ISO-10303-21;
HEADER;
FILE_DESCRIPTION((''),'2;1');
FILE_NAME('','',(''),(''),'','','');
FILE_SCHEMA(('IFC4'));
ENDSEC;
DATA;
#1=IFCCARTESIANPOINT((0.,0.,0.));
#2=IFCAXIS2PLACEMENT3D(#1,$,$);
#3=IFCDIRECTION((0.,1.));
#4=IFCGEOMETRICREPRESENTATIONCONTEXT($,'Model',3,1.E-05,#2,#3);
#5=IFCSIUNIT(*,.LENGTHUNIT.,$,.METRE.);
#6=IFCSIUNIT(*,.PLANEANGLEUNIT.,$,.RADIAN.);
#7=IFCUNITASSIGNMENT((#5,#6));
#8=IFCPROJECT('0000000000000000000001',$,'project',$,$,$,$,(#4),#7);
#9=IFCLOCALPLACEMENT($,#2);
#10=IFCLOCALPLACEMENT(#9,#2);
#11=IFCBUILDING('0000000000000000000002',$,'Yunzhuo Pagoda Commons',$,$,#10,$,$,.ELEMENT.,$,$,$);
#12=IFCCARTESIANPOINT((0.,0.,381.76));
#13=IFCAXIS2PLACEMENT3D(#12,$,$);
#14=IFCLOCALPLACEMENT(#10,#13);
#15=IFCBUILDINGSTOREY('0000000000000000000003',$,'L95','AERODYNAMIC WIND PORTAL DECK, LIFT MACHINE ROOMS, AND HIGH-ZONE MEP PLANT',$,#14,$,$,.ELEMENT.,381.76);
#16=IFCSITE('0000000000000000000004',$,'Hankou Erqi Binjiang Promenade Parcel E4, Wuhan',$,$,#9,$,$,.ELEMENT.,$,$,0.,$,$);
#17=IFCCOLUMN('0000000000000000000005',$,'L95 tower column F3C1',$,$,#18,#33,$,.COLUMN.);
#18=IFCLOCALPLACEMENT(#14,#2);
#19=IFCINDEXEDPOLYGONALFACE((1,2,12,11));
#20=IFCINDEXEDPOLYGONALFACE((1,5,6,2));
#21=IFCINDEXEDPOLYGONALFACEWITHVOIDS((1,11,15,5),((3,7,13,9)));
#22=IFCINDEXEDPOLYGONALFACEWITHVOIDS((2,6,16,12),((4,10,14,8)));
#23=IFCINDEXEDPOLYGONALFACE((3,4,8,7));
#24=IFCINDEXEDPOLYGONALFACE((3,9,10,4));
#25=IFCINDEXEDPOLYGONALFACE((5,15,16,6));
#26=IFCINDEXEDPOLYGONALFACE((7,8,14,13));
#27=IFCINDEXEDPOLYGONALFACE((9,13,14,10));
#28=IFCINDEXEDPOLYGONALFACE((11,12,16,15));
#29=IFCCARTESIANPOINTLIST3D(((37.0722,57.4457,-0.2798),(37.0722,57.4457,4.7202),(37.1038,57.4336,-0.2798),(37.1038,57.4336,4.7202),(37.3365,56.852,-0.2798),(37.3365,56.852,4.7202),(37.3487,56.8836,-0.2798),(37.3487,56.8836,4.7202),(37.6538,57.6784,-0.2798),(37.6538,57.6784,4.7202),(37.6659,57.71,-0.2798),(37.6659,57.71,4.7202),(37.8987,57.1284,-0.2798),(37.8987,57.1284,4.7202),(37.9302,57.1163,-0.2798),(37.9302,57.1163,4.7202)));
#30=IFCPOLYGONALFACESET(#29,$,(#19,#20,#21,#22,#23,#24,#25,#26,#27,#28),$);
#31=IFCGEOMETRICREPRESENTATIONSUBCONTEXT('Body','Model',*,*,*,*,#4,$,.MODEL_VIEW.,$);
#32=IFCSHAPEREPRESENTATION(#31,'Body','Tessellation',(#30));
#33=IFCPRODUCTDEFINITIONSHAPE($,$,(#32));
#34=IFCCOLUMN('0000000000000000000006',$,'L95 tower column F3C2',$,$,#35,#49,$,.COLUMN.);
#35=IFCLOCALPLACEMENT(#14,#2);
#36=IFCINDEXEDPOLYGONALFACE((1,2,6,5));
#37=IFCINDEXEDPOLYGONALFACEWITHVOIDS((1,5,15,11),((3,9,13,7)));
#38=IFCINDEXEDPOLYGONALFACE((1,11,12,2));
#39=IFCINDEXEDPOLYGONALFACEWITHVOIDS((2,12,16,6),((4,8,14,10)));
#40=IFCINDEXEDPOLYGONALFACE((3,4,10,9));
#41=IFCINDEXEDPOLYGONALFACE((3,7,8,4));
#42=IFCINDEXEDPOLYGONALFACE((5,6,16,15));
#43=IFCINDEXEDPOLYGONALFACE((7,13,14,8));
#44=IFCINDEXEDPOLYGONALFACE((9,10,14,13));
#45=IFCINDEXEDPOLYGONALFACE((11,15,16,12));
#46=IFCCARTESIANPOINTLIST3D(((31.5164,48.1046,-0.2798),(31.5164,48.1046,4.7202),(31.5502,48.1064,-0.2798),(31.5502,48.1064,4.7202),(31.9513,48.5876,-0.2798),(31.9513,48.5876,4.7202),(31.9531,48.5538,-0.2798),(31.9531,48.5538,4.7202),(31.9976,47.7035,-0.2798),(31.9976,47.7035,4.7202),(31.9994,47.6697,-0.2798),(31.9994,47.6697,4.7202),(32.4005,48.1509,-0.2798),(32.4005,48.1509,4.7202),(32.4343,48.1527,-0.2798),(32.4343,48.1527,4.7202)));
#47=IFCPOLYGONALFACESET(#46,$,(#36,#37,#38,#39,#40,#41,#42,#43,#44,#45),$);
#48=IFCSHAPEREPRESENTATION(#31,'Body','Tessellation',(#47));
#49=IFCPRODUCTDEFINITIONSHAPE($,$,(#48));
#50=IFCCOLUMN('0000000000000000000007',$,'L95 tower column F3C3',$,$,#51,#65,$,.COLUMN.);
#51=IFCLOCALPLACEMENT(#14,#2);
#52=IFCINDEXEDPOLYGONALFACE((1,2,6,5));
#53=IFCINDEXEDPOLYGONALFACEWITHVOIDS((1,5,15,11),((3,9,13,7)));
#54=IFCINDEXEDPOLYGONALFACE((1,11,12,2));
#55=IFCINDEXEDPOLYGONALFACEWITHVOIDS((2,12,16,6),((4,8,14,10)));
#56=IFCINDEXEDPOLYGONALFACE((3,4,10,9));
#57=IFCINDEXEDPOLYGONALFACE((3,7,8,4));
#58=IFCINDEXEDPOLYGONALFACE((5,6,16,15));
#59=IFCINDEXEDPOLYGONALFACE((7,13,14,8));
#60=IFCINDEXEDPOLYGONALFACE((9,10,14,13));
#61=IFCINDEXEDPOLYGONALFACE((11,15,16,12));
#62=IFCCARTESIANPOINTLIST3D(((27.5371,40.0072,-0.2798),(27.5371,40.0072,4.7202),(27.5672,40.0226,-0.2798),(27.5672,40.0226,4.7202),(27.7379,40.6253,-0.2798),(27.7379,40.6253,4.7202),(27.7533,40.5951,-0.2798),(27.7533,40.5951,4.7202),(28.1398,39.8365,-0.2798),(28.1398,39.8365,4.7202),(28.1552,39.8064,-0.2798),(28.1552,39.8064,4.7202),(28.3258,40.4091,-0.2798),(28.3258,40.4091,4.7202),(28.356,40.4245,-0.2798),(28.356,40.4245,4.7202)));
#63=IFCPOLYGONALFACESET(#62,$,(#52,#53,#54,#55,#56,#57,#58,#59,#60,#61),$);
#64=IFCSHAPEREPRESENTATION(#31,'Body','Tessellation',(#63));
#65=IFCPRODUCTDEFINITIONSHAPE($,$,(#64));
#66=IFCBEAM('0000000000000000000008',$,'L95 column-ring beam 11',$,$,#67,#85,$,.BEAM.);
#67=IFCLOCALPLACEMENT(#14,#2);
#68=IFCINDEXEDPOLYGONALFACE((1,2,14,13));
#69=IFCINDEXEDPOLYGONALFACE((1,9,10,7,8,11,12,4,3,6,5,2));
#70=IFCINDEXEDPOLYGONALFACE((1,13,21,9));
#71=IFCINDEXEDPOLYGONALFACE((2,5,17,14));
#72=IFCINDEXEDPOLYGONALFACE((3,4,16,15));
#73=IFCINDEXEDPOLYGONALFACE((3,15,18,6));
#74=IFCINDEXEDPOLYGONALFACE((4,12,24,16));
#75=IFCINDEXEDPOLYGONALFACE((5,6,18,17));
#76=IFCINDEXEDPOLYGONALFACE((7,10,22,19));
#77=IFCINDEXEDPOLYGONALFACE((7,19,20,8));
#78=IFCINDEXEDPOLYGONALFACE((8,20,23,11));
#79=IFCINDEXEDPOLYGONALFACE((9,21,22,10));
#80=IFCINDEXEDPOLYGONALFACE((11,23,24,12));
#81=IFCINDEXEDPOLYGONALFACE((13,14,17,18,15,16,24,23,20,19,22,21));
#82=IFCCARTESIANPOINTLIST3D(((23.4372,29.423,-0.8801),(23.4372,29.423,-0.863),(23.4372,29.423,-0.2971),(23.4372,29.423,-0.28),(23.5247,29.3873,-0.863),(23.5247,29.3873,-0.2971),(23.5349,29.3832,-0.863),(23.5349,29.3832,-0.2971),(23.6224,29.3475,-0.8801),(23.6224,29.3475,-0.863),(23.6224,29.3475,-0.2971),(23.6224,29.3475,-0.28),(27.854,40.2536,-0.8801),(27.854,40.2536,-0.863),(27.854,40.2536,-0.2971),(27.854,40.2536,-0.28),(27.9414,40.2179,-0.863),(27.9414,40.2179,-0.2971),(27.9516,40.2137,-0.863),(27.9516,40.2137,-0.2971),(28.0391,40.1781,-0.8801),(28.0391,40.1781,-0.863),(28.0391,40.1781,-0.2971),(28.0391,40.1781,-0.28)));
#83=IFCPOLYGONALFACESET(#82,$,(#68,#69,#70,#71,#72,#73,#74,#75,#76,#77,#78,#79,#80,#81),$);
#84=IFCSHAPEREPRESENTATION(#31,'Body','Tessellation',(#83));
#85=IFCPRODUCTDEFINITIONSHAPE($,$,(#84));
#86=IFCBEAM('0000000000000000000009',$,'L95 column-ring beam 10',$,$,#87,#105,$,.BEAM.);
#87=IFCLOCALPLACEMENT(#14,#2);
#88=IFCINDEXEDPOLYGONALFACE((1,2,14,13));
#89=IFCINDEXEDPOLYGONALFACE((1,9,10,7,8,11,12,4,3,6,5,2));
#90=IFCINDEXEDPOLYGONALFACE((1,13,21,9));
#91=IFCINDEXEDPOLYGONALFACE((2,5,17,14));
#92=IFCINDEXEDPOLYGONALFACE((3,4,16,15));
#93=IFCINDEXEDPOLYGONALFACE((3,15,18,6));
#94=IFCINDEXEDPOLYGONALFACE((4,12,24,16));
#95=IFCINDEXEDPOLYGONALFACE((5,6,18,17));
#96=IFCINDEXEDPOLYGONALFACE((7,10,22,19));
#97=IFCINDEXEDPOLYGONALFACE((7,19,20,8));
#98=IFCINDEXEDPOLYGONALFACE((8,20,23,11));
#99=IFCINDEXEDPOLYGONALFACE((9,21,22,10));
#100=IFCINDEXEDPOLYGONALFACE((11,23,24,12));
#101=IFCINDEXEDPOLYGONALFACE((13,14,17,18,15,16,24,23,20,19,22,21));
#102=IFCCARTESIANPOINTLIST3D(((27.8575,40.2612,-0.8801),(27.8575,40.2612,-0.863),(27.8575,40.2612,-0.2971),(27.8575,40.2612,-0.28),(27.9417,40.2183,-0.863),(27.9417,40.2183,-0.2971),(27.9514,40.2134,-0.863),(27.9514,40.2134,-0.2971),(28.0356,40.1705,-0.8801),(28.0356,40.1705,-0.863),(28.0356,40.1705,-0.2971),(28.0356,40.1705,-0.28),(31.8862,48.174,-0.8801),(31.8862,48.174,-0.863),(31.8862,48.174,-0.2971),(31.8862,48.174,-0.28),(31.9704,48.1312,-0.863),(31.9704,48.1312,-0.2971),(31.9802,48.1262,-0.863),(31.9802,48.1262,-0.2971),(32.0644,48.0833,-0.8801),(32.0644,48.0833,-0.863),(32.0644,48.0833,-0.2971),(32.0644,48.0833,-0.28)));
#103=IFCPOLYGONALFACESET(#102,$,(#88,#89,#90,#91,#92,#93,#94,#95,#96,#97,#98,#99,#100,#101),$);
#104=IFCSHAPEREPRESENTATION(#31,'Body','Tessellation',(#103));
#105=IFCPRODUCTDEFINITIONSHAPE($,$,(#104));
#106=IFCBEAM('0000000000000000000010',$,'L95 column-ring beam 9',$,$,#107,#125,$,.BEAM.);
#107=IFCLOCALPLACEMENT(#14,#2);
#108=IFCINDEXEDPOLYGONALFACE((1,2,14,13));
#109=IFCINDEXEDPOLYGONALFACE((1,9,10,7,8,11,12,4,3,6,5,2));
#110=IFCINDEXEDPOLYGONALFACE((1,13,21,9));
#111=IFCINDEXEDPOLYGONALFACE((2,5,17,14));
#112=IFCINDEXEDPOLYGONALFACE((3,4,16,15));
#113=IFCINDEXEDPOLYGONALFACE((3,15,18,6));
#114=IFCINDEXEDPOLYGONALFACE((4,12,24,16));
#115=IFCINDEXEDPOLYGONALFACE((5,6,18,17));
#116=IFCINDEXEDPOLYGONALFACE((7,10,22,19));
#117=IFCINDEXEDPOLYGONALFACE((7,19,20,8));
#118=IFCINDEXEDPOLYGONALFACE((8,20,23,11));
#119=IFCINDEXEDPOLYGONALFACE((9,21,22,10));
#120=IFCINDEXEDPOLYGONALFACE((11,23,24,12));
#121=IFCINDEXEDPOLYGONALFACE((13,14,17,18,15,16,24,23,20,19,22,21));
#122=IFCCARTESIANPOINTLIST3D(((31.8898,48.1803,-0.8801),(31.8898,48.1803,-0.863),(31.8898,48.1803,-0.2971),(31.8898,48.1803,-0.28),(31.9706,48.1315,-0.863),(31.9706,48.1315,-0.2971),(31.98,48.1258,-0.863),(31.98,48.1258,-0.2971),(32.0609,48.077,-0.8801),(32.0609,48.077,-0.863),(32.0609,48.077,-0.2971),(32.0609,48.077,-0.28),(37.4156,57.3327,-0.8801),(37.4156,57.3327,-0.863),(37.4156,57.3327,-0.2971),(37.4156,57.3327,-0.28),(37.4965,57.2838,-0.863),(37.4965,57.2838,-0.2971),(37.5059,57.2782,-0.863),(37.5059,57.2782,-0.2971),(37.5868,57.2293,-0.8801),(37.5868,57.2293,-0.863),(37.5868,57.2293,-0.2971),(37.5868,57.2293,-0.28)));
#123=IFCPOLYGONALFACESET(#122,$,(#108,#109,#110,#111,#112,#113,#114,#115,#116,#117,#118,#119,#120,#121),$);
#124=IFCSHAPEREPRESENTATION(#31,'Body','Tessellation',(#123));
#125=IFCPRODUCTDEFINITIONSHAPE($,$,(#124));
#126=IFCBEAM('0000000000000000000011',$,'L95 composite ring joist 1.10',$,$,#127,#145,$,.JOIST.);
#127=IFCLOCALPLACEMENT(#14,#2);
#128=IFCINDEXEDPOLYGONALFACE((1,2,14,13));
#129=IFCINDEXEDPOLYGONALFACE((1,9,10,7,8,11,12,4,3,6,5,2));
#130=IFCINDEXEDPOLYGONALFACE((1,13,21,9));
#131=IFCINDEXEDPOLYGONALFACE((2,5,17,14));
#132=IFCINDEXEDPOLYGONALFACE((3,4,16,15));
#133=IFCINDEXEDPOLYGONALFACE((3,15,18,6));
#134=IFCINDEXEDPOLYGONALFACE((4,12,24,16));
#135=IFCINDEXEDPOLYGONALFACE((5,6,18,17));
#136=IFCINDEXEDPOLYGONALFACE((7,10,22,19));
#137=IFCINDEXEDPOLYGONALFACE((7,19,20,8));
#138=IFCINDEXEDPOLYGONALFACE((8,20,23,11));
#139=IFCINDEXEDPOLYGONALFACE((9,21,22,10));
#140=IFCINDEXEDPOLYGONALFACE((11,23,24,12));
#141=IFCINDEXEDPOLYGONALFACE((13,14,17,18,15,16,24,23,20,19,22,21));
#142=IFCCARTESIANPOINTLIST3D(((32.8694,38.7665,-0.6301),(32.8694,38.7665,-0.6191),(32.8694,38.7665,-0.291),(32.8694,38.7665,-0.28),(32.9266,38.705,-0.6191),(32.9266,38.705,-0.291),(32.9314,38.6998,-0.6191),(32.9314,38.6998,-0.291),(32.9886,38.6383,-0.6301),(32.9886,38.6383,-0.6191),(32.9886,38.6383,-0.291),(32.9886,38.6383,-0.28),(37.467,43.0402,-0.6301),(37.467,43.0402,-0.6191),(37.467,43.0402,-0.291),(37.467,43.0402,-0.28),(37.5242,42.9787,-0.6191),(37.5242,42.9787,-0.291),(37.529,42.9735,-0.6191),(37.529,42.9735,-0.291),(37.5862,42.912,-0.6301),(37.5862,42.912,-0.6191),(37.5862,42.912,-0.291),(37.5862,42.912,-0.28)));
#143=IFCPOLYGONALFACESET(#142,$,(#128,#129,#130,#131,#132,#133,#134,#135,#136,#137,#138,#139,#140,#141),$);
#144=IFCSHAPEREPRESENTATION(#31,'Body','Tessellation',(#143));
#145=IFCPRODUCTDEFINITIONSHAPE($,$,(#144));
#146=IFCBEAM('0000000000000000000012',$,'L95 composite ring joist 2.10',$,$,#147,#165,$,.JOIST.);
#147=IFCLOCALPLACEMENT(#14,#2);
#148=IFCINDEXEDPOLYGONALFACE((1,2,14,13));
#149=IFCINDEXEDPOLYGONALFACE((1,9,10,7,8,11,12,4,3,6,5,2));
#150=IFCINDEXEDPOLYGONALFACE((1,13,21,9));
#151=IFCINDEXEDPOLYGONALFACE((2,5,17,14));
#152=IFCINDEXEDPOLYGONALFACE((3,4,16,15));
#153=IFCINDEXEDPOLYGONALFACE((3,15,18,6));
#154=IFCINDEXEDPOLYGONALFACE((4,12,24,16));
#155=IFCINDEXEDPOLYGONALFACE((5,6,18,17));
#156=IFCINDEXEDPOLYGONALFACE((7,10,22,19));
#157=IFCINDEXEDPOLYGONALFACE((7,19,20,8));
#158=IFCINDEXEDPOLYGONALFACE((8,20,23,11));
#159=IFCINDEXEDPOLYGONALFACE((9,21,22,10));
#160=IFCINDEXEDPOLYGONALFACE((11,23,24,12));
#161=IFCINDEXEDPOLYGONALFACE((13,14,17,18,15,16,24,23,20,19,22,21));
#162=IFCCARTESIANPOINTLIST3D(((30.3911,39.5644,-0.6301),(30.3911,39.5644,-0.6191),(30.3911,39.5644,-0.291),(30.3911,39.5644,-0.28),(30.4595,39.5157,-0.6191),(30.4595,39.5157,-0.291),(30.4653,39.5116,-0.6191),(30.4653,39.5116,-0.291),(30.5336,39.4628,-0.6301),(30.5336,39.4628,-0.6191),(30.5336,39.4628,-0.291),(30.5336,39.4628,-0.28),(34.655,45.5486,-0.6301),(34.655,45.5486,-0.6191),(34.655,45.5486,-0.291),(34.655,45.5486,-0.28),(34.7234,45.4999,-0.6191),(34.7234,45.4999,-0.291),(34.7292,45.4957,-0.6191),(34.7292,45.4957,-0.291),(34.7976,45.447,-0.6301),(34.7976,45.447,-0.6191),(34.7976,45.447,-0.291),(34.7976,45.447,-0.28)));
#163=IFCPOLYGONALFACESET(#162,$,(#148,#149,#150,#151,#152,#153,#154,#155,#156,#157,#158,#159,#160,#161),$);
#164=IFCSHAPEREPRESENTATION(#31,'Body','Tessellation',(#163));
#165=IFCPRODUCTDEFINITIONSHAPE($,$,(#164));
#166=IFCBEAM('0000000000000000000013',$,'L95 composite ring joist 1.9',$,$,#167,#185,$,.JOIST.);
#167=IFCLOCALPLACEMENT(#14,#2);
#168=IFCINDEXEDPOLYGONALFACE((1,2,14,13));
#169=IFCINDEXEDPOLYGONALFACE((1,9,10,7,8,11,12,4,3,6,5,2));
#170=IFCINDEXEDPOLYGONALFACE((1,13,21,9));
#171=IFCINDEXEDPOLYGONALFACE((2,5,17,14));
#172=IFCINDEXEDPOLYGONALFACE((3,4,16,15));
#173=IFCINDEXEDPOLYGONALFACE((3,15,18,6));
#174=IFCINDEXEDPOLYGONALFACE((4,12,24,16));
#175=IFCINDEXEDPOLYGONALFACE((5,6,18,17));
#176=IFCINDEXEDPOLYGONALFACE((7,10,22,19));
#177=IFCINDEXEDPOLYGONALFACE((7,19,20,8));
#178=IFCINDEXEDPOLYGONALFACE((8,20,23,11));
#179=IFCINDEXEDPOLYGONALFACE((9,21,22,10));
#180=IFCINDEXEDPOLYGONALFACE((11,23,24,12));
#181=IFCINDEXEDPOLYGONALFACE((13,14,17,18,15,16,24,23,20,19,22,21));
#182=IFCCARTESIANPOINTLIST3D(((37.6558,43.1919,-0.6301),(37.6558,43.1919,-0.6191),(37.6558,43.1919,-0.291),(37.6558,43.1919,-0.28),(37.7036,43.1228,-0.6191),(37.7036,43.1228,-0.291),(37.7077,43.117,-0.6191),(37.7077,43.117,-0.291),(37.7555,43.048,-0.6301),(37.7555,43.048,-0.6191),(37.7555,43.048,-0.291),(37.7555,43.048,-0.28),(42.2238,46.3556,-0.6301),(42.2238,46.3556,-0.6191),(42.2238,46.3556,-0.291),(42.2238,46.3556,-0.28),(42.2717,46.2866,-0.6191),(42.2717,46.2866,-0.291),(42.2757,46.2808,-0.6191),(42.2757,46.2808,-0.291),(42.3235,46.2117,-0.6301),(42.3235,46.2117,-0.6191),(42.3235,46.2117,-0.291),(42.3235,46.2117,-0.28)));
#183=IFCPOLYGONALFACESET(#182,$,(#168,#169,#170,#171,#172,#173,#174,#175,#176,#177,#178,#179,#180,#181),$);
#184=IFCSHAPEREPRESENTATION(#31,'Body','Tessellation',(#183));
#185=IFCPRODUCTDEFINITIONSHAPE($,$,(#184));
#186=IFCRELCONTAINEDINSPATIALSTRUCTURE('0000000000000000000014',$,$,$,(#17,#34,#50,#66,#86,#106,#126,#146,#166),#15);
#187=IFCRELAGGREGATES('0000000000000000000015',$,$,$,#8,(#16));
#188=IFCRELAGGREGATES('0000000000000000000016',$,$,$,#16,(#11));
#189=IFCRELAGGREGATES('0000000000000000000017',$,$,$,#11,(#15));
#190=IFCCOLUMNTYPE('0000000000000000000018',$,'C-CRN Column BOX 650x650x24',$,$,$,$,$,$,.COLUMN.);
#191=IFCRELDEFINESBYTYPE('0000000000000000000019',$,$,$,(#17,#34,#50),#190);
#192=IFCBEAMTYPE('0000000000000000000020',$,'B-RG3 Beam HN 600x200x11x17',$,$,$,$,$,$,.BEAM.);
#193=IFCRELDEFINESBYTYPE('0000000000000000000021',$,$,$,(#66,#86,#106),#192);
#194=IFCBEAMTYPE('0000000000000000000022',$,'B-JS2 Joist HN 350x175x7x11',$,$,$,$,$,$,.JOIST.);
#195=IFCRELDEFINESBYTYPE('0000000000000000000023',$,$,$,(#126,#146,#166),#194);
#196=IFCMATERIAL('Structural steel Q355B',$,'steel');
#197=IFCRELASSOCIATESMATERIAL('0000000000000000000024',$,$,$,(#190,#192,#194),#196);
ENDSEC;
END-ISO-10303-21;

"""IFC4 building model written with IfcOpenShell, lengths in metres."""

from ifc_helpers import new_model, si_unit, direction, frame, origin, origin_2d, place, context, subcontext, project, spatial, hollow_rectangle, i_section, extrude, source, transform, mapped, material, material_profile, profile_set, type_object, element, save


model = new_model("IFC4")

# Units and contexts
model_context = context("Model", 3, precision=1e-05, world=origin(), true_north=direction((0.0, 1.0)))
body_context = subcontext(model_context, "Body", "Model", "MODEL_VIEW")
ifc_project = project(units=[si_unit("LENGTHUNIT", "METRE"), si_unit("PLANEANGLEUNIT", "RADIAN")], contexts=[model_context])

# Site, building, storey
site_placement = place(None, origin())
site = spatial("IfcSite", under=ifc_project, at=site_placement, Name="Hankou Erqi Binjiang Promenade Parcel E4, Wuhan", CompositionType="ELEMENT", RefElevation=0.0)
building_placement = place(site_placement, origin())
building = spatial("IfcBuilding", under=site, at=building_placement, Name="Yunzhuo Pagoda Commons", CompositionType="ELEMENT")
storey_placement = place(building_placement, frame((0.0, 0.0, 381.76)))
storey = spatial("IfcBuildingStorey", under=building, at=storey_placement, Name="L95", Description="AERODYNAMIC WIND PORTAL DECK, LIFT MACHINE ROOMS, AND HIGH-ZONE MEP PLANT", CompositionType="ELEMENT", Elevation=381.76)

# Columns
ifc_material_1 = material(Name="Structural steel Q355B", Category="steel")
ifc_material_profile_1 = material_profile(ifc_material_1, hollow_rectangle(XDim=0.6499, YDim=0.6499, WallThickness=0.0239, at=origin_2d()), Name="Structural steel Q355B")
ifc_profile_set_1 = profile_set([ifc_material_profile_1], Name="Structural steel Q355B")
column_type = type_object("IfcColumnType", Name="C-CRN Column BOX 650x650x24", PredefinedType="COLUMN", material=ifc_profile_set_1)
shared_shape_1 = source(origin(), body_context, "Body", "SweptSolid", [
    extrude(hollow_rectangle(XDim=0.6499, YDim=0.6499, WallThickness=0.0239, at=origin_2d()), origin(), (0.0, 0.0, 1.0), 5.0),
])
for number, where, z_axis, x_axis, name in (
    (1, (37.5012, 57.281, -0.2798), (0.0, 0.0, 1.0), (-0.913545, -0.406737, 0.0), "L95 tower column F3C1"),
    (2, (31.9753, 48.1287, -0.2798), (0.0, 0.0, 1.0), (-0.669131, -0.743145, 0.0), "L95 tower column F3C2"),
    (3, (27.9465, 40.2158, -0.2798), (0.0, 0.0, 1.0), (-0.309017, -0.951057, 0.0), "L95 tower column F3C3"),
):
    element("IfcColumn", number, at=place(storey_placement, frame(where, z_axis=z_axis, x_axis=x_axis)), inside=storey, type_object=column_type, Name=name, PredefinedType="COLUMN", context=body_context, shape_type="MappedRepresentation", body=[
        mapped(shared_shape_1, transform((0.0, 0.0, 0.0), scale=1.0)),
    ])

# Beams
ifc_material_profile_2 = material_profile(ifc_material_1, i_section(OverallWidth=0.2, OverallDepth=0.6001, WebThickness=0.011, FlangeThickness=0.0171, at=origin_2d()), Name="Structural steel Q355B")
ifc_profile_set_2 = profile_set([ifc_material_profile_2], Name="Structural steel Q355B")
beam_type_1 = type_object("IfcBeamType", Name="B-RG3 Beam HN 600x200x11x17", PredefinedType="BEAM", material=ifc_profile_set_2)
shared_shape_2 = source(origin(), body_context, "Body", "SweptSolid", [
    extrude(i_section(OverallWidth=0.2, OverallDepth=0.6001, WebThickness=0.011, FlangeThickness=0.0171, at=origin_2d()), origin(), (0.0, 0.0, 1.0), 11.6965),
])
beam_1_placement = place(storey_placement, frame((27.9465, 40.2158, -0.5801), z_axis=(-0.377612, -0.925964, 0.0), x_axis=(0.925964, -0.377612, 0.0)))
element("IfcBeam", 4, at=beam_1_placement, inside=storey, type_object=beam_type_1, Name="L95 column-ring beam 11", PredefinedType="BEAM", context=body_context, shape_type="MappedRepresentation", body=[
    mapped(shared_shape_2, transform((0.0, 0.0, 0.0), scale=1.0)),
])
shared_shape_3 = source(origin(), body_context, "Body", "SweptSolid", [
    extrude(i_section(OverallWidth=0.2, OverallDepth=0.6001, WebThickness=0.011, FlangeThickness=0.0171, at=origin_2d()), origin(), (0.0, 0.0, 1.0), 8.8794),
])
beam_2_placement = place(storey_placement, frame((31.9753, 48.1287, -0.5801), z_axis=(-0.453724, -0.891142, 0.0), x_axis=(0.891142, -0.453724, 0.0)))
element("IfcBeam", 5, at=beam_2_placement, inside=storey, type_object=beam_type_1, Name="L95 column-ring beam 10", PredefinedType="BEAM", context=body_context, shape_type="MappedRepresentation", body=[
    mapped(shared_shape_3, transform((0.0, 0.0, 0.0), scale=1.0)),
])
shared_shape_4 = source(origin(), body_context, "Body", "SweptSolid", [
    extrude(i_section(OverallWidth=0.2, OverallDepth=0.6001, WebThickness=0.011, FlangeThickness=0.0171, at=origin_2d()), origin(), (0.0, 0.0, 1.0), 10.6912),
])
beam_3_placement = place(storey_placement, frame((37.5012, 57.281, -0.5801), z_axis=(-0.516865, -0.856067, 0.0), x_axis=(0.856067, -0.516865, 0.0)))
element("IfcBeam", 6, at=beam_3_placement, inside=storey, type_object=beam_type_1, Name="L95 column-ring beam 9", PredefinedType="BEAM", context=body_context, shape_type="MappedRepresentation", body=[
    mapped(shared_shape_4, transform((0.0, 0.0, 0.0), scale=1.0)),
])
ifc_material_profile_3 = material_profile(ifc_material_1, i_section(OverallWidth=0.175, OverallDepth=0.3501, WebThickness=0.0071, FlangeThickness=0.011, at=origin_2d()), Name="Structural steel Q355B")
ifc_profile_set_3 = profile_set([ifc_material_profile_3], Name="Structural steel Q355B")
beam_type_2 = type_object("IfcBeamType", Name="B-JS2 Joist HN 350x175x7x11", PredefinedType="JOIST", material=ifc_profile_set_3)
shared_shape_5 = source(origin(), body_context, "Body", "SweptSolid", [
    extrude(i_section(OverallWidth=0.175, OverallDepth=0.3501, WebThickness=0.0071, FlangeThickness=0.011, at=origin_2d()), origin(), (0.0, 0.0, 1.0), 6.2771),
])
beam_4_placement = place(storey_placement, frame((37.5266, 42.9761, -0.4551), z_axis=(-0.732442, -0.68083, 0.0), x_axis=(0.68083, -0.732442, 0.0)))
element("IfcBeam", 7, at=beam_4_placement, inside=storey, type_object=beam_type_2, Name="L95 composite ring joist 1.10", PredefinedType="JOIST", context=body_context, shape_type="MappedRepresentation", body=[
    mapped(shared_shape_5, transform((0.0, 0.0, 0.0), scale=1.0)),
])
shared_shape_6 = source(origin(), body_context, "Body", "SweptSolid", [
    extrude(i_section(OverallWidth=0.175, OverallDepth=0.3501, WebThickness=0.0071, FlangeThickness=0.011, at=origin_2d()), origin(), (0.0, 0.0, 1.0), 7.3479),
])
beam_5_placement = place(storey_placement, frame((34.7263, 45.4978, -0.4551), z_axis=(-0.580295, -0.814406, 0.0), x_axis=(0.814406, -0.580295, 0.0)))
element("IfcBeam", 8, at=beam_5_placement, inside=storey, type_object=beam_type_2, Name="L95 composite ring joist 2.10", PredefinedType="JOIST", context=body_context, shape_type="MappedRepresentation", body=[
    mapped(shared_shape_6, transform((0.0, 0.0, 0.0), scale=1.0)),
])
shared_shape_7 = source(origin(), body_context, "Body", "SweptSolid", [
    extrude(i_section(OverallWidth=0.175, OverallDepth=0.3501, WebThickness=0.0071, FlangeThickness=0.011, at=origin_2d()), origin(), (0.0, 0.0, 1.0), 5.5566),
])
beam_6_placement = place(storey_placement, frame((42.2737, 46.2837, -0.4551), z_axis=(-0.822085, -0.569365, 0.0), x_axis=(0.569365, -0.822085, 0.0)))
element("IfcBeam", 9, at=beam_6_placement, inside=storey, type_object=beam_type_2, Name="L95 composite ring joist 1.9", PredefinedType="JOIST", context=body_context, shape_type="MappedRepresentation", body=[
    mapped(shared_shape_7, transform((0.0, 0.0, 0.0), scale=1.0)),
])

save(model, "model.ifc")
